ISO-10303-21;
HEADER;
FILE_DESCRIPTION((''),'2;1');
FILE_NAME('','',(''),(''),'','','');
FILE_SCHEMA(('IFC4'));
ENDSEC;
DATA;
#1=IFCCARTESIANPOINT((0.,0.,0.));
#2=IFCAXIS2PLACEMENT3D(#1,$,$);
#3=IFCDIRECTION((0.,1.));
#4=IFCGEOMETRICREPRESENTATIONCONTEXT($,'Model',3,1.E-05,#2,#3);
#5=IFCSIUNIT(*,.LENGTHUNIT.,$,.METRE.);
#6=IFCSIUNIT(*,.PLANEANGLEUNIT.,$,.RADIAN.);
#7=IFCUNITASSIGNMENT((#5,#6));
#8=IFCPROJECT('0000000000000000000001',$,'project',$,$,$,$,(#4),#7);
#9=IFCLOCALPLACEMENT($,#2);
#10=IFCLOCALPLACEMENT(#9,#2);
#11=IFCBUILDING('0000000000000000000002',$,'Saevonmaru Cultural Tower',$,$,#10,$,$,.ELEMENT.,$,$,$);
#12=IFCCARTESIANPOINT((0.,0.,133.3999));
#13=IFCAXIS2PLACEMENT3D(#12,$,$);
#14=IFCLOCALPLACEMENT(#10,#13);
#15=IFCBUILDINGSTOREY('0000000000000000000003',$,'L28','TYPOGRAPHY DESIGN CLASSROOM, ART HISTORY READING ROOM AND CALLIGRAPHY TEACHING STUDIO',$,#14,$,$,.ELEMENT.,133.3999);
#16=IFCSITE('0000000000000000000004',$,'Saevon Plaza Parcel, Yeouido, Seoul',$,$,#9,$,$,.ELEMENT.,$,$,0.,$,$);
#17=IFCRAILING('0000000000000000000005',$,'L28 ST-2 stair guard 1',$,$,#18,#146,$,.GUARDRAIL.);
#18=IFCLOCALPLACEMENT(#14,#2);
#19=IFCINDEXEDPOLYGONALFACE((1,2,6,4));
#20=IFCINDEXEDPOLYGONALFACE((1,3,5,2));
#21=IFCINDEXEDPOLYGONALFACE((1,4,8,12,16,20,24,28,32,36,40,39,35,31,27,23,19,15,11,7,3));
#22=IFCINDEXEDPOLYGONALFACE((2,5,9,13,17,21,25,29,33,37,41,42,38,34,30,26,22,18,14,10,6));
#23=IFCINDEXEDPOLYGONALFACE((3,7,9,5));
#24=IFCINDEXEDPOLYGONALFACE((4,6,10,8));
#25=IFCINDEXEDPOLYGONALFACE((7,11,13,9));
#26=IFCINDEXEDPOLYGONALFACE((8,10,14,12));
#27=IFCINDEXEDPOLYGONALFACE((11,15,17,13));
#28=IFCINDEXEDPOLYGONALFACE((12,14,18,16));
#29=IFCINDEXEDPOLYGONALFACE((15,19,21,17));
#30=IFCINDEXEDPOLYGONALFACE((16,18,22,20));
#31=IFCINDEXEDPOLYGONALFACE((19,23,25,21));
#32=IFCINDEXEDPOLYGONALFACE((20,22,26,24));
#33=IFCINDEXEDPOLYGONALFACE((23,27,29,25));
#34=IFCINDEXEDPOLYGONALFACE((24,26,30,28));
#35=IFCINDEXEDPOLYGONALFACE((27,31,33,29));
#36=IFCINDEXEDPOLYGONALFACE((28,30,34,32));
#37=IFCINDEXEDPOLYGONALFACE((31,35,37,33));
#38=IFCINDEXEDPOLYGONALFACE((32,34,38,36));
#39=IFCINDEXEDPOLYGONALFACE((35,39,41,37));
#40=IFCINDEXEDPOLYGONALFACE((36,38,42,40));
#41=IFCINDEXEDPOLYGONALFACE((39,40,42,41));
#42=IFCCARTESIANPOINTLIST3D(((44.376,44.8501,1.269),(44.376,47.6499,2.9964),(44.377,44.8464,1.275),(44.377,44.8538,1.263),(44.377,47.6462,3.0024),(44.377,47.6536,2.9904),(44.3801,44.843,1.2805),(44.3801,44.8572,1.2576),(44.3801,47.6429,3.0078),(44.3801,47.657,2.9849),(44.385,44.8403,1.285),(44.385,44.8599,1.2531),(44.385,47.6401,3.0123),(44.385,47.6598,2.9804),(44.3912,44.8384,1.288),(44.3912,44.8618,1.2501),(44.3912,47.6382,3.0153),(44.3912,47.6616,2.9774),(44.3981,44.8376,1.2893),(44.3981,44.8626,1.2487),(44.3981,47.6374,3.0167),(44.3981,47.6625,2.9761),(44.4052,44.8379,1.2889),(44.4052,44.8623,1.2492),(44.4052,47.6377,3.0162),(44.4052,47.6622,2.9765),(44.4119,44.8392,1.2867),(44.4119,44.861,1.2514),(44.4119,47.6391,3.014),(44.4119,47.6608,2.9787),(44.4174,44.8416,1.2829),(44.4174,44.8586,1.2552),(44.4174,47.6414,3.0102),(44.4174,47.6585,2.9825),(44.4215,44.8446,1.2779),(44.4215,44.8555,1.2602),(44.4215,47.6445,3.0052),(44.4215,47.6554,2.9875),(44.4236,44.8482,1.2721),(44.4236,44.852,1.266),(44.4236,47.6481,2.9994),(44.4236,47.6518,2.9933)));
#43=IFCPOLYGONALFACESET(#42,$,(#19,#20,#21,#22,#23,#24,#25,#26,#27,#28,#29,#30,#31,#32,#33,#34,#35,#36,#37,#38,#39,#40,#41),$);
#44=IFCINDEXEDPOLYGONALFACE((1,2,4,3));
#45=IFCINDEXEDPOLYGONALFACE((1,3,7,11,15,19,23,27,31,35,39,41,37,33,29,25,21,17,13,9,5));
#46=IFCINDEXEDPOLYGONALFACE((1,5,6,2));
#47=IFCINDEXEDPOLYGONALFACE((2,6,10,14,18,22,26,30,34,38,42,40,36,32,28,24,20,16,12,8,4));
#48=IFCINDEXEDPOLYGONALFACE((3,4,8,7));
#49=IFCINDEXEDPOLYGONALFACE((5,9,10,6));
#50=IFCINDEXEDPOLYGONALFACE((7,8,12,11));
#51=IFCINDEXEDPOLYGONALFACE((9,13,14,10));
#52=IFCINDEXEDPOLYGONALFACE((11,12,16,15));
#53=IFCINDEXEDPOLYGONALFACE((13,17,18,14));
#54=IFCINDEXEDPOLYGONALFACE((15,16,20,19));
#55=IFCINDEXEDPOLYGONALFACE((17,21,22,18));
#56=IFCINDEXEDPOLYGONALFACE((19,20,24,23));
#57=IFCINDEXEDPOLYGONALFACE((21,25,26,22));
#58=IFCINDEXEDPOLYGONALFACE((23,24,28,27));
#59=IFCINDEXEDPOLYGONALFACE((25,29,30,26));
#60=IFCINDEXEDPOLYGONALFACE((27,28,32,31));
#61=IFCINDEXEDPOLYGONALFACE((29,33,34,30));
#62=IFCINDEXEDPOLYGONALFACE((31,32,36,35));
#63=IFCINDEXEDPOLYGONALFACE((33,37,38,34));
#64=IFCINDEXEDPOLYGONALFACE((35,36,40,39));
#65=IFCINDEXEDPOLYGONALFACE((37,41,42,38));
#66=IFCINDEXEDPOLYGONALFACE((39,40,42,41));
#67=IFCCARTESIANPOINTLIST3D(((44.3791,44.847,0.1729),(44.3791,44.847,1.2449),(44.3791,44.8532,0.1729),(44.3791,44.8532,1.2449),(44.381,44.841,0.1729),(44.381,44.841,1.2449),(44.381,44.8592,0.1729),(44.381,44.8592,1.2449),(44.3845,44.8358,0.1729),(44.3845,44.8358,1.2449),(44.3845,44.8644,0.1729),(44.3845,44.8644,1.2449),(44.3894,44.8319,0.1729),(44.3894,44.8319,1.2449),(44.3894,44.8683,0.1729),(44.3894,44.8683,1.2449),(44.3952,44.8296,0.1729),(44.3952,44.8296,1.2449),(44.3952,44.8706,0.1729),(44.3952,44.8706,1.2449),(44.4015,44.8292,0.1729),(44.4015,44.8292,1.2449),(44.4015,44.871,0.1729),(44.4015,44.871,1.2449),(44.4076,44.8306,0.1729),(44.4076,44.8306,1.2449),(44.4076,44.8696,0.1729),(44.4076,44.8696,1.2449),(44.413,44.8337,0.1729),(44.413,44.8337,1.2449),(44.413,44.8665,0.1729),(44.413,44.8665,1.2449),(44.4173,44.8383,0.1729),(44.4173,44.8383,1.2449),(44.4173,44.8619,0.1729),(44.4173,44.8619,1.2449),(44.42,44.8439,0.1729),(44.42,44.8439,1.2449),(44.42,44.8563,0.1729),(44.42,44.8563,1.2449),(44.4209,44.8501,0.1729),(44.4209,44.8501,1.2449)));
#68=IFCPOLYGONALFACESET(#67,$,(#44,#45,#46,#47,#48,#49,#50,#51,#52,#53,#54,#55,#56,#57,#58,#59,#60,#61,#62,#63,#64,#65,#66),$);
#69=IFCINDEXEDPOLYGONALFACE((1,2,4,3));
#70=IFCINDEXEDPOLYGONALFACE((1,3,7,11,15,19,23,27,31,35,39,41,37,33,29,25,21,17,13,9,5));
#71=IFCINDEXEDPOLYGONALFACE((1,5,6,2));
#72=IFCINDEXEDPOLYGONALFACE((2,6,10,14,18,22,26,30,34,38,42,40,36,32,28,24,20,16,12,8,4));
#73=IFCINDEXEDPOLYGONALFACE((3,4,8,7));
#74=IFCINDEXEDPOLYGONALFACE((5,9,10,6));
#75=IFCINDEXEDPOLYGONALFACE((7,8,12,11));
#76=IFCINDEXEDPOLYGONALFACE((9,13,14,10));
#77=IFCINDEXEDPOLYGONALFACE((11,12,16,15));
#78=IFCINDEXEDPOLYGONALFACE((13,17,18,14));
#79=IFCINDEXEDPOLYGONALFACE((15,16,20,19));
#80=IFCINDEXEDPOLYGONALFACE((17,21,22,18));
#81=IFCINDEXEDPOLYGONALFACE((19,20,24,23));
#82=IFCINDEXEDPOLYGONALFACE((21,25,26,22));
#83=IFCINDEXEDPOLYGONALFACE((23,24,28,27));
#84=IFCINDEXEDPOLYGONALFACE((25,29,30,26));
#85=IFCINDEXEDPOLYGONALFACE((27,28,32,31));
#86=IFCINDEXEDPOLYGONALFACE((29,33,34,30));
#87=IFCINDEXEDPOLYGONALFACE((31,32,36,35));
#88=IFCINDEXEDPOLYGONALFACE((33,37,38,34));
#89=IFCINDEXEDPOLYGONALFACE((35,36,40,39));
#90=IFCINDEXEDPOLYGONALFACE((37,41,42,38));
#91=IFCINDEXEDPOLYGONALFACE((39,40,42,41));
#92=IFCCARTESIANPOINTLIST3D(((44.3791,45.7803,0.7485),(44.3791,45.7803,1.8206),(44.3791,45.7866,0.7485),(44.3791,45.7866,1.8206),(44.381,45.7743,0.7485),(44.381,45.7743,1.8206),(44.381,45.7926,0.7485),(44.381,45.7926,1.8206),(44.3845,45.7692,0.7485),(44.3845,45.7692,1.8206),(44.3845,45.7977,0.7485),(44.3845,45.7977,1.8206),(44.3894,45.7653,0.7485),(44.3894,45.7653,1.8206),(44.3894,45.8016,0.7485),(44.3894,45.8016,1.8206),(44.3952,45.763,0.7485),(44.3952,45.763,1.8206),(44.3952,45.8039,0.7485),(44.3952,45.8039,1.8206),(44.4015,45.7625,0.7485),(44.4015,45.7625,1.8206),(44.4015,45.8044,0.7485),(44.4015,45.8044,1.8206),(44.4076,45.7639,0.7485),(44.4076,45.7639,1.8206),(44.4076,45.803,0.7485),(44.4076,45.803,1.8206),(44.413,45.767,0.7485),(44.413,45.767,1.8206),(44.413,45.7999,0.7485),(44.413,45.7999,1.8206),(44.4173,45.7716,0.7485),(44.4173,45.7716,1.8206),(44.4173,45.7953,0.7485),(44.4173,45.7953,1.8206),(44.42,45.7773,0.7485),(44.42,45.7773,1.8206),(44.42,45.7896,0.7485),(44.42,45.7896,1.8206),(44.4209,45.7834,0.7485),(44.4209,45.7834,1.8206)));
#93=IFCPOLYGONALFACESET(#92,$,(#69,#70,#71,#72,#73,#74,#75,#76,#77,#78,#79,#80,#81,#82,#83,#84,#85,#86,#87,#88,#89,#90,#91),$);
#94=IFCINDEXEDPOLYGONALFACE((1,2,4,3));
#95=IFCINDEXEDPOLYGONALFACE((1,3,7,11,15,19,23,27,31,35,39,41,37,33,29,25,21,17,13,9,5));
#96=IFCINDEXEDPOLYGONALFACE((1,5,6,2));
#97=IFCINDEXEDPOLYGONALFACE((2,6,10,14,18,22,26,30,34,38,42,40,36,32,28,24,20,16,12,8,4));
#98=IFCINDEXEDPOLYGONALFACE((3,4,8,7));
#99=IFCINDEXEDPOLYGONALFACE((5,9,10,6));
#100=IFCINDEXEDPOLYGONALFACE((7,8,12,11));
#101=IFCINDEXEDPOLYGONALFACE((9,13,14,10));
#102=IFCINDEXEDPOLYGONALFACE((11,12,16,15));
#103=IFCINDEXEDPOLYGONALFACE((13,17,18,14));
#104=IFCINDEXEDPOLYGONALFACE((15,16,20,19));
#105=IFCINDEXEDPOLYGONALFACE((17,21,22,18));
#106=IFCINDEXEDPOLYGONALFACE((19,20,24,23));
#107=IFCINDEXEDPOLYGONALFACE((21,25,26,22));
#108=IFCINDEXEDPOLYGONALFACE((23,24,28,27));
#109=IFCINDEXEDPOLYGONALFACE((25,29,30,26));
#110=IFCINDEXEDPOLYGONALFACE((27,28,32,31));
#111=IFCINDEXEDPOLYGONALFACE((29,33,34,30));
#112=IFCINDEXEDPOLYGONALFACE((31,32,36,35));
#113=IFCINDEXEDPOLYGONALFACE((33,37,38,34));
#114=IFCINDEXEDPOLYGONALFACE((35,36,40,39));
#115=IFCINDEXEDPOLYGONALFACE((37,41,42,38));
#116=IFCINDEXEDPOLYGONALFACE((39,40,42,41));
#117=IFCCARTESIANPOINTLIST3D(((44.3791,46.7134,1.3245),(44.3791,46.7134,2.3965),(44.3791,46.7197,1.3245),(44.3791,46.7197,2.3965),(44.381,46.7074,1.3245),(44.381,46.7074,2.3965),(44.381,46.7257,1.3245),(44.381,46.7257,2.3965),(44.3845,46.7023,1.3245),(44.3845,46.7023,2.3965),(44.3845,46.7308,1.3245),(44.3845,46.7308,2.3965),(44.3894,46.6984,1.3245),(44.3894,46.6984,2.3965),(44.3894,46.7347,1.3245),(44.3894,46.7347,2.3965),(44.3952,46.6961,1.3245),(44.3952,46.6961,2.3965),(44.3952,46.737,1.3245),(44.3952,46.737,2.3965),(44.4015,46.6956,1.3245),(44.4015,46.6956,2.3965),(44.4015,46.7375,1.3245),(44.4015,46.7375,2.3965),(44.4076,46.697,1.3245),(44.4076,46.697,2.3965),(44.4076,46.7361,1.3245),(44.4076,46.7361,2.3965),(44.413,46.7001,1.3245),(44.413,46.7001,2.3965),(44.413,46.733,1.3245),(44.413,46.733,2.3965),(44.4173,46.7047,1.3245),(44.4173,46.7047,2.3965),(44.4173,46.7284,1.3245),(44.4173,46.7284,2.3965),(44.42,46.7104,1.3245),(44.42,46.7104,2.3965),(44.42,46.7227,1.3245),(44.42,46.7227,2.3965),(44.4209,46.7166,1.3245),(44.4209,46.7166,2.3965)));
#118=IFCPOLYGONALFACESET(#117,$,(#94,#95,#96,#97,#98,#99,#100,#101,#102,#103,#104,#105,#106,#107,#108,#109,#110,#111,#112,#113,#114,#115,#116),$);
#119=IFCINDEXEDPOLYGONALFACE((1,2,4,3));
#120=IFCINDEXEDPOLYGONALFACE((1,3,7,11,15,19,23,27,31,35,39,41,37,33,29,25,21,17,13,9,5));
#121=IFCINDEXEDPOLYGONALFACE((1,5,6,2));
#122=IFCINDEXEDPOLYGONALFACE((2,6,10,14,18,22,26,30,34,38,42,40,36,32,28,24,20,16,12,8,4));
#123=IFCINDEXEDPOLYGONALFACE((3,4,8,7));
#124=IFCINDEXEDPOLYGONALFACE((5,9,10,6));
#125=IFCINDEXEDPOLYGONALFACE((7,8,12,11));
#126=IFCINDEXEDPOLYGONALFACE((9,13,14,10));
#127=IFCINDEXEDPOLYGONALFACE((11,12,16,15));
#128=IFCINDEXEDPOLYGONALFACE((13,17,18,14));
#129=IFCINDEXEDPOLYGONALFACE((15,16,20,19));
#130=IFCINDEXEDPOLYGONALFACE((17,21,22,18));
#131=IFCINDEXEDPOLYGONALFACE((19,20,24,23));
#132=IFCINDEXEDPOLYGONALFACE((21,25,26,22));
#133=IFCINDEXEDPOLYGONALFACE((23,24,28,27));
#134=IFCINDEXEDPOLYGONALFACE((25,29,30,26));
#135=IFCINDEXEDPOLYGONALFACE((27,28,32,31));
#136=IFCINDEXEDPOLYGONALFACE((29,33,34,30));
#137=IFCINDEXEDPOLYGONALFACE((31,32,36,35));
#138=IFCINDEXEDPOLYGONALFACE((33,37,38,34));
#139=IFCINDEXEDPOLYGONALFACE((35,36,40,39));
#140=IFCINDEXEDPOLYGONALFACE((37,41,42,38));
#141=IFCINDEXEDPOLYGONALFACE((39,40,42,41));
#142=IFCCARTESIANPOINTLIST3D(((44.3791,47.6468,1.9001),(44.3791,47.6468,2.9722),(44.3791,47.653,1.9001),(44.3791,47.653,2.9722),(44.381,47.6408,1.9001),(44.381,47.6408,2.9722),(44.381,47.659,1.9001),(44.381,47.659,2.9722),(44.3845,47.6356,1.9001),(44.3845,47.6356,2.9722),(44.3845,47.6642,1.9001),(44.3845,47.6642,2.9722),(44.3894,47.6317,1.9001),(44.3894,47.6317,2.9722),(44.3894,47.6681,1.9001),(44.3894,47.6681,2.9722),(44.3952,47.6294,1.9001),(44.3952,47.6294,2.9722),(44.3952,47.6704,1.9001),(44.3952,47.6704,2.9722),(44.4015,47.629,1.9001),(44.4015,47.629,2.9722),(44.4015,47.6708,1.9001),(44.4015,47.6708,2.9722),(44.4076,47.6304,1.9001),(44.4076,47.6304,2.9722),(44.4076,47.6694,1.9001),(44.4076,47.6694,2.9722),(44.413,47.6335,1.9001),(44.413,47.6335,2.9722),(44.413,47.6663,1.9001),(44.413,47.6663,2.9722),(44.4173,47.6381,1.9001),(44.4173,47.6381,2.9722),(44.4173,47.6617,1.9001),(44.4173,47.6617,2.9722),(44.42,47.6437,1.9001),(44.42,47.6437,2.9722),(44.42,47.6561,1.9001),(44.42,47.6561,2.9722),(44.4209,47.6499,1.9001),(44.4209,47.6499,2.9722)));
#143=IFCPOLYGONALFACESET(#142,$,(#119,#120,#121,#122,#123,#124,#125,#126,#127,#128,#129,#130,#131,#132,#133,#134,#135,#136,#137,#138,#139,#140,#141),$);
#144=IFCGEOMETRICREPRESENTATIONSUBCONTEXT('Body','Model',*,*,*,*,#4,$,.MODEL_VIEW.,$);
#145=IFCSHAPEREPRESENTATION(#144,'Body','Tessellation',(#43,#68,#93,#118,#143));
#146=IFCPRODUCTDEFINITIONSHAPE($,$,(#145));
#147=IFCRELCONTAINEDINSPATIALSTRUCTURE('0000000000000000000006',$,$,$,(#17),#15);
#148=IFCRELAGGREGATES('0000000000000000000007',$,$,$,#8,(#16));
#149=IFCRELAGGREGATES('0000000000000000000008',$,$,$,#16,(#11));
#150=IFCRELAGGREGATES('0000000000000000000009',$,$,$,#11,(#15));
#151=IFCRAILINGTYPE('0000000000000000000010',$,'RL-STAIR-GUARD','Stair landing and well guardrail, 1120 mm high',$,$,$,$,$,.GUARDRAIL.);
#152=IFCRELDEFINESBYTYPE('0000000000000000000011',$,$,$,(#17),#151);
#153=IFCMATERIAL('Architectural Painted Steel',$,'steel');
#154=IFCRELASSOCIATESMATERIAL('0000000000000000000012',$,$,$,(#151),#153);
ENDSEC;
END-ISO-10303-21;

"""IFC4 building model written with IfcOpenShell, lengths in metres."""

from ifc_helpers import new_model, si_unit, direction, frame, origin, origin_2d, place, context, subcontext, project, spatial, circle, extrude, material, type_object, element, save


model = new_model("IFC4")

# Units and contexts
model_context = context("Model", 3, precision=1e-05, world=origin(), true_north=direction((0.0, 1.0)))
body_context = subcontext(model_context, "Body", "Model", "MODEL_VIEW")
ifc_project = project(units=[si_unit("LENGTHUNIT", "METRE"), si_unit("PLANEANGLEUNIT", "RADIAN")], contexts=[model_context])

# Site, building, storey
site_placement = place(None, origin())
site = spatial("IfcSite", under=ifc_project, at=site_placement, Name="Saevon Plaza Parcel, Yeouido, Seoul", CompositionType="ELEMENT", RefElevation=0.0)
building_placement = place(site_placement, origin())
building = spatial("IfcBuilding", under=site, at=building_placement, Name="Saevonmaru Cultural Tower", CompositionType="ELEMENT")
storey_placement = place(building_placement, frame((0.0, 0.0, 133.3999)))
storey = spatial("IfcBuildingStorey", under=building, at=storey_placement, Name="L28", Description="TYPOGRAPHY DESIGN CLASSROOM, ART HISTORY READING ROOM AND CALLIGRAPHY TEACHING STUDIO", CompositionType="ELEMENT", Elevation=133.3999)

# Railing
ifc_material_1 = material(Name="Architectural Painted Steel", Category="steel")
railing_type_1 = type_object("IfcRailingType", Name="RL-STAIR-GUARD", Description="Stair landing and well guardrail, 1120 mm high", PredefinedType="GUARDRAIL", material=ifc_material_1)
railing_1_placement = place(storey_placement, frame((44.3999, 44.8501, 0.1729)))
element("IfcRailing", 1, at=railing_1_placement, inside=storey, type_object=railing_type_1, Name="L28 ST-2 stair guard 1", PredefinedType="GUARDRAIL", context=body_context, shape_type="SweptSolid", body=[
    extrude(circle(Radius=0.0239, at=origin_2d()), frame((0.0, 0.0, 1.0962), z_axis=(0.0, 0.851069, 0.525054), x_axis=(-1.0, 0.0, 0.0)), (0.0, 0.0, 1.0), 3.2898),
    extrude(circle(Radius=0.021, at=origin_2d()), origin(), (0.0, 0.0, 1.0), 1.072),
    extrude(circle(Radius=0.021, at=origin_2d()), frame((0.0, 0.9333, 0.5757)), (0.0, 0.0, 1.0), 1.072),
    extrude(circle(Radius=0.021, at=origin_2d()), frame((0.0, 1.8665, 1.1516)), (0.0, 0.0, 1.0), 1.072),
    extrude(circle(Radius=0.021, at=origin_2d()), frame((0.0, 2.7998, 1.7273)), (0.0, 0.0, 1.0), 1.072),
])

save(model, "model.ifc")
